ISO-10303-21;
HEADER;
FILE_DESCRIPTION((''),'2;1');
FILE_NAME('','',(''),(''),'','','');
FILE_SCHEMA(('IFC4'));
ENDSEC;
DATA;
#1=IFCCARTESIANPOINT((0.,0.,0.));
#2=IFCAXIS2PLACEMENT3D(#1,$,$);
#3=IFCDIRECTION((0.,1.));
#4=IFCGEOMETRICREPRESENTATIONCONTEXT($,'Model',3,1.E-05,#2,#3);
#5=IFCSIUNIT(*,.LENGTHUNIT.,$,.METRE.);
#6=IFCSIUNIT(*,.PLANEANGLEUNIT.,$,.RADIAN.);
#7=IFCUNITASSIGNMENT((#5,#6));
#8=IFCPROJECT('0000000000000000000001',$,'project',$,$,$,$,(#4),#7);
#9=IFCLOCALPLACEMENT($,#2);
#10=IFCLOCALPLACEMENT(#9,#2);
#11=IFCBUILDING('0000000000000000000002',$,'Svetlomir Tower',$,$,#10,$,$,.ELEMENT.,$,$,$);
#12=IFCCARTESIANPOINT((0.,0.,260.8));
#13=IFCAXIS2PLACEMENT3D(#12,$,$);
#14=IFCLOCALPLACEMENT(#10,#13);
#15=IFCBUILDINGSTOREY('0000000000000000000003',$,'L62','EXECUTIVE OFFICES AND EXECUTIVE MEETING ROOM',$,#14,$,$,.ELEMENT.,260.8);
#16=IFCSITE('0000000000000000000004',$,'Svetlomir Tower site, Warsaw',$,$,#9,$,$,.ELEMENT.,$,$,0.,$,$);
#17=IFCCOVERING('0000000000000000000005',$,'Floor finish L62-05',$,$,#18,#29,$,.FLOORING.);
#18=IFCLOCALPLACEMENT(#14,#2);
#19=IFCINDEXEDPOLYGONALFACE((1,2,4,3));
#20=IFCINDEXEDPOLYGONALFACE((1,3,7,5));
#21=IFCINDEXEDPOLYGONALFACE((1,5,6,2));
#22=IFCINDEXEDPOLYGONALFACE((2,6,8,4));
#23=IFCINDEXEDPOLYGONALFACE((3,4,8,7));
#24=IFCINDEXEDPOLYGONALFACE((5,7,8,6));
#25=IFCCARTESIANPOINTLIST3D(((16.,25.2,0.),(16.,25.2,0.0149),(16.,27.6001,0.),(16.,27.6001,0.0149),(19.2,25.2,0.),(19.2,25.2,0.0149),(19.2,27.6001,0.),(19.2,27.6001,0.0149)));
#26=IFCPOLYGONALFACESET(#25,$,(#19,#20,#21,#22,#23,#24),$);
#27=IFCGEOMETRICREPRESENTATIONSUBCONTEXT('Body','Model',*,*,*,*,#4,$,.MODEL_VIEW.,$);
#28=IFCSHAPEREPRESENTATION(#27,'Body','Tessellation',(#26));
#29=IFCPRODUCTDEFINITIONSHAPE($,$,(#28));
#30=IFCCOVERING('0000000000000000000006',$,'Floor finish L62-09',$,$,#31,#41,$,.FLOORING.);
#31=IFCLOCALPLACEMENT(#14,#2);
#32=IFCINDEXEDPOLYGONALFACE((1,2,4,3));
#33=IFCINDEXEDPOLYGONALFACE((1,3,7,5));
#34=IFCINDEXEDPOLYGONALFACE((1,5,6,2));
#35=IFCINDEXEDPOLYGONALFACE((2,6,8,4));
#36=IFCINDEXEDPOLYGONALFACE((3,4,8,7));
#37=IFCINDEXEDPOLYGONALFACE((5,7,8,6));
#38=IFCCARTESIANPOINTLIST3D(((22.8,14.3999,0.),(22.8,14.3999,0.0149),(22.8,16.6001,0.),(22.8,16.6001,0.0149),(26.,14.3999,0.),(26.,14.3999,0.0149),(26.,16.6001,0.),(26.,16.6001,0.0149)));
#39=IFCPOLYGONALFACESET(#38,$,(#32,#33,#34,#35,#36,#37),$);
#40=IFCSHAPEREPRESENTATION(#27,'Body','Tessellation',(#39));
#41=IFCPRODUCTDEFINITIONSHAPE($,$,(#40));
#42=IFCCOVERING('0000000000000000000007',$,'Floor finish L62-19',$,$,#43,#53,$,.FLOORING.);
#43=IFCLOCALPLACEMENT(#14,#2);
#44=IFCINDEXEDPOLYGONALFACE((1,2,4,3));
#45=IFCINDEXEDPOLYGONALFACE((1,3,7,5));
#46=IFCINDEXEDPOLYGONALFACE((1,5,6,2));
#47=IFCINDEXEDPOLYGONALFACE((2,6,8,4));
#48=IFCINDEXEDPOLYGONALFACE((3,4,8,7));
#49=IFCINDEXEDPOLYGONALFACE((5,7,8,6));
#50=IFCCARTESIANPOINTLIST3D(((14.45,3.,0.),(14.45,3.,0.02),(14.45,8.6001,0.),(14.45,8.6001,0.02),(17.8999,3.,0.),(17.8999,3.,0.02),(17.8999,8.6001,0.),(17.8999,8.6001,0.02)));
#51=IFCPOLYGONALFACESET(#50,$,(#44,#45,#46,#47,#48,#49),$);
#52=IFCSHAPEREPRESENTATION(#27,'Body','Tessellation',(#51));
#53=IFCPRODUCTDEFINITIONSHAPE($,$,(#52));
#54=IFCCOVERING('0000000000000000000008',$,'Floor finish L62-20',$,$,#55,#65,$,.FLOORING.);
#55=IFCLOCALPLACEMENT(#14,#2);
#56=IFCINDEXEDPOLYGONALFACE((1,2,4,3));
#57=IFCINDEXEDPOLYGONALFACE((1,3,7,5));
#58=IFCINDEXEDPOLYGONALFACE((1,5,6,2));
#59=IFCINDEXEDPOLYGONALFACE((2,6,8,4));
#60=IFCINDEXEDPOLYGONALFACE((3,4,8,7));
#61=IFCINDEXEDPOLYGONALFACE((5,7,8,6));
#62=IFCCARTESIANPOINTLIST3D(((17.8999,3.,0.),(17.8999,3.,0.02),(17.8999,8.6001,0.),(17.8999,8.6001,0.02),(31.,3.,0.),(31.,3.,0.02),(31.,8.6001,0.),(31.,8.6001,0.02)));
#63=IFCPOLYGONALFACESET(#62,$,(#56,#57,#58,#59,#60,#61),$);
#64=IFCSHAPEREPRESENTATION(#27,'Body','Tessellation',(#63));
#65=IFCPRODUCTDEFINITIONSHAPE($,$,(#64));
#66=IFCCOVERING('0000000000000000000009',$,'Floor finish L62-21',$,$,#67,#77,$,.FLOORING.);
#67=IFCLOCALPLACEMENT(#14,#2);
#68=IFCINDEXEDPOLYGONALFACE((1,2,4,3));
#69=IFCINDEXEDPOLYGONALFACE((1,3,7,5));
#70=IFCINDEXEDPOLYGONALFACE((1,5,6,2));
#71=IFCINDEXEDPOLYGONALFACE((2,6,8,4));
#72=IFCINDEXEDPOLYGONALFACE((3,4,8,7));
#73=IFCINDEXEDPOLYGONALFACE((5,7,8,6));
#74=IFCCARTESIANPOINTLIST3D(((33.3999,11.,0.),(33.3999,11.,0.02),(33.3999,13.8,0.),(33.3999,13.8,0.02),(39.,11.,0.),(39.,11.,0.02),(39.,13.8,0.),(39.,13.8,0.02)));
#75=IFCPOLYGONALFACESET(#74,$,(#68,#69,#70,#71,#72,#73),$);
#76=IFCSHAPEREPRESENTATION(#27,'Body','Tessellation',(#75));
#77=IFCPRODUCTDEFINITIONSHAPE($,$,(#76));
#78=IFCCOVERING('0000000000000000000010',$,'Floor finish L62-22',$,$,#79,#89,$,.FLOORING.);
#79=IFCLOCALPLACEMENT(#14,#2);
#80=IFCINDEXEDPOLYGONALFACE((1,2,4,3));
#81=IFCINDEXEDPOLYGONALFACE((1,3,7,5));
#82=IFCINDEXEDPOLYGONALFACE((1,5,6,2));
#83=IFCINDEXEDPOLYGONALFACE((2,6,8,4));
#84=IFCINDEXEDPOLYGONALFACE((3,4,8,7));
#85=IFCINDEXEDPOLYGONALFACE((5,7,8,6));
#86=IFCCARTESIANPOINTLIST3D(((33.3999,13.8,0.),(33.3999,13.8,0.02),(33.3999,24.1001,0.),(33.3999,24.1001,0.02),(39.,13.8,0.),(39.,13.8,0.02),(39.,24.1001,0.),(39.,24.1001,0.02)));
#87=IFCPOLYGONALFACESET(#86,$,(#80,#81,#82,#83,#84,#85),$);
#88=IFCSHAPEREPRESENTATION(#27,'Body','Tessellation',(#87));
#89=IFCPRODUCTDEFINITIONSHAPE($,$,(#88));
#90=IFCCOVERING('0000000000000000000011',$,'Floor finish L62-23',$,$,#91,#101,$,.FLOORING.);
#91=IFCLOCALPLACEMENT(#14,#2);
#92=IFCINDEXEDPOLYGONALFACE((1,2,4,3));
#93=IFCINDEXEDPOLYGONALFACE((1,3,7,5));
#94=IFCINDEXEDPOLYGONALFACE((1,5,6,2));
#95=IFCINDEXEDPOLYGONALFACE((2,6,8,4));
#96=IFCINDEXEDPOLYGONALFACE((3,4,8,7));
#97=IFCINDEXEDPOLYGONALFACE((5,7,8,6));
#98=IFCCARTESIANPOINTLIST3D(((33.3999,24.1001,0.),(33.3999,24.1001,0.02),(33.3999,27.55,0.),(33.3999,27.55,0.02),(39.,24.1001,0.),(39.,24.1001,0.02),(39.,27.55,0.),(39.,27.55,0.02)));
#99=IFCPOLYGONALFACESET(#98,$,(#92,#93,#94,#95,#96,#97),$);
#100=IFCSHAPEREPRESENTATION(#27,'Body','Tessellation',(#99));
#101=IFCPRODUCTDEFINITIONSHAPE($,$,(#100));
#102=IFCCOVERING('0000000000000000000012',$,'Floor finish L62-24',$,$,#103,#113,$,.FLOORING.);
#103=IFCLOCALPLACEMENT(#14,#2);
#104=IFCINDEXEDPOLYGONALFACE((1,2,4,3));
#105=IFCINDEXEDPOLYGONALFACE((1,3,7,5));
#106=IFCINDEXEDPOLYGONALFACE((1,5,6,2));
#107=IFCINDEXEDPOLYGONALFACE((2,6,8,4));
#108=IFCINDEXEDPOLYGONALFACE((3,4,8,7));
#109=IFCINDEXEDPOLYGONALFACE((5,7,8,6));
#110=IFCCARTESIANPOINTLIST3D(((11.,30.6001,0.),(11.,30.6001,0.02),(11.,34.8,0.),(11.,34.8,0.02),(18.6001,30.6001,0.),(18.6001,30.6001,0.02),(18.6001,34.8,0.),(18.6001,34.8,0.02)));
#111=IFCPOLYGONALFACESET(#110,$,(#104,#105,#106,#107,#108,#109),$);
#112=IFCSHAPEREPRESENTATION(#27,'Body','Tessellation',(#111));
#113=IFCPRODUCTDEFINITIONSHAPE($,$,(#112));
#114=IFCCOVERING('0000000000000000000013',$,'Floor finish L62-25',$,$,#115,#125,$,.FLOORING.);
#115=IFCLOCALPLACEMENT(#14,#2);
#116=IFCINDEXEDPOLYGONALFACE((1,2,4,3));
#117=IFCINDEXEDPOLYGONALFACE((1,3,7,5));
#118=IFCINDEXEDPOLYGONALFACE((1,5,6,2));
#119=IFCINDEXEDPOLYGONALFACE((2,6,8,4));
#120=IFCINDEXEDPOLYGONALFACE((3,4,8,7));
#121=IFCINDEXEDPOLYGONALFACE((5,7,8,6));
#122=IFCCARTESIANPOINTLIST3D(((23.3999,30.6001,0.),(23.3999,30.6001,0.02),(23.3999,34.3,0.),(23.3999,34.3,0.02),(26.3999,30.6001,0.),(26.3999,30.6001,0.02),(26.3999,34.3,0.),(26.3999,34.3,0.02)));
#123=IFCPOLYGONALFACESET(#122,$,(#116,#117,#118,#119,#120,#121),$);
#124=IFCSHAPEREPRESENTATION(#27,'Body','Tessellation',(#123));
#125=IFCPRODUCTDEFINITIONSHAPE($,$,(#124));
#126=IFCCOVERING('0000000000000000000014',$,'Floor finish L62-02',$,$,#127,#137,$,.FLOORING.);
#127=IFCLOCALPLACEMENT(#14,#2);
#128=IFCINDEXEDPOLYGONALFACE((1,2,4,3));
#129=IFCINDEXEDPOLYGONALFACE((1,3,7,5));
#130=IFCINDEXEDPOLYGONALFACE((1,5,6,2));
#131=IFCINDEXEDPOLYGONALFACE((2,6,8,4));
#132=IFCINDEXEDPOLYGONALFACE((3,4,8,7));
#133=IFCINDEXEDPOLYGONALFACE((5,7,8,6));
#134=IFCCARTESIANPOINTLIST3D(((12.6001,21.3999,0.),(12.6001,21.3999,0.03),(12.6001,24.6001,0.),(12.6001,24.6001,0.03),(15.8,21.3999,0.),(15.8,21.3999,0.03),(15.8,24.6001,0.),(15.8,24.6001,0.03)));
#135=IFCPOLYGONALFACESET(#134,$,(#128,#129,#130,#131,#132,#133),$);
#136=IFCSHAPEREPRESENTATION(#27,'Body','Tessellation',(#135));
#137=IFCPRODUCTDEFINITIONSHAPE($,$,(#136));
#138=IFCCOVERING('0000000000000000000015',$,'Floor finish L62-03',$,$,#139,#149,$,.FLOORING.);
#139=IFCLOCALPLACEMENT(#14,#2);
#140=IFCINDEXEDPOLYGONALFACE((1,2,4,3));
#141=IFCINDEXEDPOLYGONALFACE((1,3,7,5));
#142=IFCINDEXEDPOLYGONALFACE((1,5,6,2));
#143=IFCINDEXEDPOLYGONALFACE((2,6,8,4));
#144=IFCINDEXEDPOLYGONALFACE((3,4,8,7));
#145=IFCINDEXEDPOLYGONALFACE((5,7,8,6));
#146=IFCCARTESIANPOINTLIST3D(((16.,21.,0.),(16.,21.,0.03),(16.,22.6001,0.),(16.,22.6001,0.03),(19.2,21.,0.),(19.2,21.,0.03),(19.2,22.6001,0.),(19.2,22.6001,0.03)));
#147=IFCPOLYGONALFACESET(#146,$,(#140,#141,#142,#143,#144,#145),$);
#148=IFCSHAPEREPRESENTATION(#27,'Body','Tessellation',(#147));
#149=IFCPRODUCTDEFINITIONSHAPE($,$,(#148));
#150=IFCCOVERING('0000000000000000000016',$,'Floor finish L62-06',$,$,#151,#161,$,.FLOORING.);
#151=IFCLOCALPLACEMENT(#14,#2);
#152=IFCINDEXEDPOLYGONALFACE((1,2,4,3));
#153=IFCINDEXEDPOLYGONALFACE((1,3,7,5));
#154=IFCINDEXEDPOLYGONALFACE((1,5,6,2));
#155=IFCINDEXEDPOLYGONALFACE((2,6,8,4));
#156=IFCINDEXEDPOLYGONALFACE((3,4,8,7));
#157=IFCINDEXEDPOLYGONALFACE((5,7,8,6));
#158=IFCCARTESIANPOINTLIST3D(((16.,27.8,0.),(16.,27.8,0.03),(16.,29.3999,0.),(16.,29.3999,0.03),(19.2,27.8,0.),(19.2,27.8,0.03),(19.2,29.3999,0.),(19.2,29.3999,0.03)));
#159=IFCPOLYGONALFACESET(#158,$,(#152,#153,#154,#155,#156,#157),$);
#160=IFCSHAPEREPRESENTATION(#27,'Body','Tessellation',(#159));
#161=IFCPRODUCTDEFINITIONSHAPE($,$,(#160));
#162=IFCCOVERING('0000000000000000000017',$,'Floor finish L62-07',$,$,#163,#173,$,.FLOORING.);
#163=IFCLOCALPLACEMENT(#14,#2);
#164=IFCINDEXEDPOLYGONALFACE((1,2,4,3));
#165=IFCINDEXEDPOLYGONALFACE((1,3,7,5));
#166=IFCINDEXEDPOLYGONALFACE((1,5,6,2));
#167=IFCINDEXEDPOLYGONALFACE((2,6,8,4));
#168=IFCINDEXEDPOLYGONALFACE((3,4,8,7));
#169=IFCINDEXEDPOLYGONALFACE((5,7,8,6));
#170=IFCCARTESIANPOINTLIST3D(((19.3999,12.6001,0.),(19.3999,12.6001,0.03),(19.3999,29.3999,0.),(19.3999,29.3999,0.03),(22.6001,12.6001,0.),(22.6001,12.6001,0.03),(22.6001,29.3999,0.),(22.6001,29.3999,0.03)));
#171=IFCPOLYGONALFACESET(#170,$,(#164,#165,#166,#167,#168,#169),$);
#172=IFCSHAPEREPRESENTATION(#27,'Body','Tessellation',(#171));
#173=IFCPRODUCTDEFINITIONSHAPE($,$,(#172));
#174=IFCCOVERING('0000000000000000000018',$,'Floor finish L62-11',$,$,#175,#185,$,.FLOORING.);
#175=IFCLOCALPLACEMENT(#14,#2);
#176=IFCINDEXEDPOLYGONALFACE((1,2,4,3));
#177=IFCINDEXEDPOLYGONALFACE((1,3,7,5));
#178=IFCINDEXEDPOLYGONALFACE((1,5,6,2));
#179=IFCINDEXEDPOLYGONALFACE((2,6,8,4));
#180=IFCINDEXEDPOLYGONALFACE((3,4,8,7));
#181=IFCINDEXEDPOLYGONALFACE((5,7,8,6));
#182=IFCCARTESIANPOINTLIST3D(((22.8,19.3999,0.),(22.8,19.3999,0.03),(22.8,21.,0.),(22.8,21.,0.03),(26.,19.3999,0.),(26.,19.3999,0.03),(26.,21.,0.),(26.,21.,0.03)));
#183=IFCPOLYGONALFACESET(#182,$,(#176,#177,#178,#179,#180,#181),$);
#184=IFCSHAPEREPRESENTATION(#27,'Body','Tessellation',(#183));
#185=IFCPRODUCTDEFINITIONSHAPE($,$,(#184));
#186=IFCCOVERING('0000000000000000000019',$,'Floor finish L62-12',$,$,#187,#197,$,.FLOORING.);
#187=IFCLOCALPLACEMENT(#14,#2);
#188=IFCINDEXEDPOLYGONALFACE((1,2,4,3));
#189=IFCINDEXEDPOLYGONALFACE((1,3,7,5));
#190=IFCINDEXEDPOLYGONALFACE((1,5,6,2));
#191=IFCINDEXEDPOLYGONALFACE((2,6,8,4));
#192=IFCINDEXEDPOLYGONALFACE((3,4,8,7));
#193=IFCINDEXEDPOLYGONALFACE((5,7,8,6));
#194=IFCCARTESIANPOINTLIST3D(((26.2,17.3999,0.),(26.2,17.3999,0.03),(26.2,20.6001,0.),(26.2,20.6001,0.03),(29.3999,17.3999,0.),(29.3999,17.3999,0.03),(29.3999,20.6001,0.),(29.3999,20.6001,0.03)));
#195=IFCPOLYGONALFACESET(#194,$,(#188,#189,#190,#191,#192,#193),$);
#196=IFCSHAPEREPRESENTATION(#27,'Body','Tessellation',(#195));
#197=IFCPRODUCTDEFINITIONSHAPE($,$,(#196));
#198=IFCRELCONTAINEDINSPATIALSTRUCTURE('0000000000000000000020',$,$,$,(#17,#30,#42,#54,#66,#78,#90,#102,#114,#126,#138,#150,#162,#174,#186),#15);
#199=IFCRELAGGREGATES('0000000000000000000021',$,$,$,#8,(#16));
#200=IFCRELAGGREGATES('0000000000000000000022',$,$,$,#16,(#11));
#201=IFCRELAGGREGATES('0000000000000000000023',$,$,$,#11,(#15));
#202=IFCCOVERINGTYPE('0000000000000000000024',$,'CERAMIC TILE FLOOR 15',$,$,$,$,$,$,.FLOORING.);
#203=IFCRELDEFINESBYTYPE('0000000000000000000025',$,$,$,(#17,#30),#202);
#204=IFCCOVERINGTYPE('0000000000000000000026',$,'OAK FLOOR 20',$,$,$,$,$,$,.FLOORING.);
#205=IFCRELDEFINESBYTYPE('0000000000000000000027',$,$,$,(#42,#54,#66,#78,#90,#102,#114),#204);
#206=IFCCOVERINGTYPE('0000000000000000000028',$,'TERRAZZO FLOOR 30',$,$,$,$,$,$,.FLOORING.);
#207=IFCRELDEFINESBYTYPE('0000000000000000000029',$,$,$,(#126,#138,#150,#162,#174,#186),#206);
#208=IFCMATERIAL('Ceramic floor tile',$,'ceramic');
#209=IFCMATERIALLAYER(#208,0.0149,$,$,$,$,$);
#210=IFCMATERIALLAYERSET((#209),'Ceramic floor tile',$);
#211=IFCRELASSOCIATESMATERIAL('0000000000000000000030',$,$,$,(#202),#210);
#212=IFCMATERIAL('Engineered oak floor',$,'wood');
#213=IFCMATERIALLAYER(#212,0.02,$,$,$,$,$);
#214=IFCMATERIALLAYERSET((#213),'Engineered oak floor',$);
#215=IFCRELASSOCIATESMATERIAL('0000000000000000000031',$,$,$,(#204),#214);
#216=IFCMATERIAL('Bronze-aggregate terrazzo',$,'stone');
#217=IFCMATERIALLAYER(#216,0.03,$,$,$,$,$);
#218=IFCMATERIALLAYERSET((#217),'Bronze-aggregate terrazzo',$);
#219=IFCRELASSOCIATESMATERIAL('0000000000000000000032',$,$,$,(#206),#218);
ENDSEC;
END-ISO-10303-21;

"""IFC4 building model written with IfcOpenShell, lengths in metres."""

from ifc_helpers import new_model, si_unit, direction, frame, origin, place, context, subcontext, project, spatial, polyline, outline, extrude, material, layer, layer_set, type_object, element, save


model = new_model("IFC4")

# Units and contexts
model_context = context("Model", 3, precision=1e-05, world=origin(), true_north=direction((0.0, 1.0)))
body_context = subcontext(model_context, "Body", "Model", "MODEL_VIEW")
ifc_project = project(units=[si_unit("LENGTHUNIT", "METRE"), si_unit("PLANEANGLEUNIT", "RADIAN")], contexts=[model_context])

# Site, building, storey
site_placement = place(None, origin())
site = spatial("IfcSite", under=ifc_project, at=site_placement, Name="Svetlomir Tower site, Warsaw", CompositionType="ELEMENT", RefElevation=0.0)
building_placement = place(site_placement, origin())
building = spatial("IfcBuilding", under=site, at=building_placement, Name="Svetlomir Tower", CompositionType="ELEMENT")
storey_placement = place(building_placement, frame((0.0, 0.0, 260.8)))
storey = spatial("IfcBuildingStorey", under=building, at=storey_placement, Name="L62", Description="EXECUTIVE OFFICES AND EXECUTIVE MEETING ROOM", CompositionType="ELEMENT", Elevation=260.8)

# Coverings
ifc_material_1 = material(Name="Ceramic floor tile", Category="ceramic")
ifc_layer_1 = layer(ifc_material_1, 0.0149)
ifc_layer_set_1 = layer_set([ifc_layer_1], Name="Ceramic floor tile")
covering_type_1 = type_object("IfcCoveringType", Name="CERAMIC TILE FLOOR 15", PredefinedType="FLOORING", material=ifc_layer_set_1)
covering_1_placement = place(storey_placement, origin())
element("IfcCovering", 1, at=covering_1_placement, inside=storey, type_object=covering_type_1, Name="Floor finish L62-05", PredefinedType="FLOORING", context=body_context, shape_type="SweptSolid", body=[
    extrude(outline(polyline([(16.0, 25.2), (19.2, 25.2), (19.2, 27.6001), (16.0, 27.6001), (16.0, 25.2)])), origin(), (0.0, 0.0, 1.0), 0.0149),
])
covering_2_placement = place(storey_placement, origin())
element("IfcCovering", 2, at=covering_2_placement, inside=storey, type_object=covering_type_1, Name="Floor finish L62-09", PredefinedType="FLOORING", context=body_context, shape_type="SweptSolid", body=[
    extrude(outline(polyline([(22.8, 14.3999), (26.0, 14.3999), (26.0, 16.6001), (22.8, 16.6001), (22.8, 14.3999)])), origin(), (0.0, 0.0, 1.0), 0.0149),
])
ifc_material_2 = material(Name="Engineered oak floor", Category="wood")
ifc_layer_2 = layer(ifc_material_2, 0.02)
ifc_layer_set_2 = layer_set([ifc_layer_2], Name="Engineered oak floor")
covering_type_2 = type_object("IfcCoveringType", Name="OAK FLOOR 20", PredefinedType="FLOORING", material=ifc_layer_set_2)
covering_3_placement = place(storey_placement, origin())
element("IfcCovering", 3, at=covering_3_placement, inside=storey, type_object=covering_type_2, Name="Floor finish L62-19", PredefinedType="FLOORING", context=body_context, shape_type="SweptSolid", body=[
    extrude(outline(polyline([(14.45, 3.0), (17.8999, 3.0), (17.8999, 8.6001), (14.45, 8.6001), (14.45, 3.0)])), origin(), (0.0, 0.0, 1.0), 0.02),
])
covering_4_placement = place(storey_placement, origin())
element("IfcCovering", 4, at=covering_4_placement, inside=storey, type_object=covering_type_2, Name="Floor finish L62-20", PredefinedType="FLOORING", context=body_context, shape_type="SweptSolid", body=[
    extrude(outline(polyline([(17.8999, 3.0), (31.0, 3.0), (31.0, 8.6001), (17.8999, 8.6001), (17.8999, 3.0)])), origin(), (0.0, 0.0, 1.0), 0.02),
])
covering_5_placement = place(storey_placement, origin())
element("IfcCovering", 5, at=covering_5_placement, inside=storey, type_object=covering_type_2, Name="Floor finish L62-21", PredefinedType="FLOORING", context=body_context, shape_type="SweptSolid", body=[
    extrude(outline(polyline([(33.3999, 11.0), (39.0, 11.0), (39.0, 13.8), (33.3999, 13.8), (33.3999, 11.0)])), origin(), (0.0, 0.0, 1.0), 0.02),
])
covering_6_placement = place(storey_placement, origin())
element("IfcCovering", 6, at=covering_6_placement, inside=storey, type_object=covering_type_2, Name="Floor finish L62-22", PredefinedType="FLOORING", context=body_context, shape_type="SweptSolid", body=[
    extrude(outline(polyline([(33.3999, 13.8), (39.0, 13.8), (39.0, 24.1001), (33.3999, 24.1001), (33.3999, 13.8)])), origin(), (0.0, 0.0, 1.0), 0.02),
])
covering_7_placement = place(storey_placement, origin())
element("IfcCovering", 7, at=covering_7_placement, inside=storey, type_object=covering_type_2, Name="Floor finish L62-23", PredefinedType="FLOORING", context=body_context, shape_type="SweptSolid", body=[
    extrude(outline(polyline([(33.3999, 24.1001), (39.0, 24.1001), (39.0, 27.55), (33.3999, 27.55), (33.3999, 24.1001)])), origin(), (0.0, 0.0, 1.0), 0.02),
])
covering_8_placement = place(storey_placement, origin())
element("IfcCovering", 8, at=covering_8_placement, inside=storey, type_object=covering_type_2, Name="Floor finish L62-24", PredefinedType="FLOORING", context=body_context, shape_type="SweptSolid", body=[
    extrude(outline(polyline([(11.0, 30.6001), (18.6001, 30.6001), (18.6001, 34.8), (11.0, 34.8), (11.0, 30.6001)])), origin(), (0.0, 0.0, 1.0), 0.02),
])
covering_9_placement = place(storey_placement, origin())
element("IfcCovering", 9, at=covering_9_placement, inside=storey, type_object=covering_type_2, Name="Floor finish L62-25", PredefinedType="FLOORING", context=body_context, shape_type="SweptSolid", body=[
    extrude(outline(polyline([(23.3999, 30.6001), (26.3999, 30.6001), (26.3999, 34.3), (23.3999, 34.3), (23.3999, 30.6001)])), origin(), (0.0, 0.0, 1.0), 0.02),
])
ifc_material_3 = material(Name="Bronze-aggregate terrazzo", Category="stone")
ifc_layer_3 = layer(ifc_material_3, 0.03)
ifc_layer_set_3 = layer_set([ifc_layer_3], Name="Bronze-aggregate terrazzo")
covering_type_3 = type_object("IfcCoveringType", Name="TERRAZZO FLOOR 30", PredefinedType="FLOORING", material=ifc_layer_set_3)
covering_10_placement = place(storey_placement, origin())
element("IfcCovering", 10, at=covering_10_placement, inside=storey, type_object=covering_type_3, Name="Floor finish L62-02", PredefinedType="FLOORING", context=body_context, shape_type="SweptSolid", body=[
    extrude(outline(polyline([(12.6001, 21.3999), (15.8, 21.3999), (15.8, 24.6001), (12.6001, 24.6001), (12.6001, 21.3999)])), origin(), (0.0, 0.0, 1.0), 0.03),
])
covering_11_placement = place(storey_placement, origin())
element("IfcCovering", 11, at=covering_11_placement, inside=storey, type_object=covering_type_3, Name="Floor finish L62-03", PredefinedType="FLOORING", context=body_context, shape_type="SweptSolid", body=[
    extrude(outline(polyline([(16.0, 21.0), (19.2, 21.0), (19.2, 22.6001), (16.0, 22.6001), (16.0, 21.0)])), origin(), (0.0, 0.0, 1.0), 0.03),
])
covering_12_placement = place(storey_placement, origin())
element("IfcCovering", 12, at=covering_12_placement, inside=storey, type_object=covering_type_3, Name="Floor finish L62-06", PredefinedType="FLOORING", context=body_context, shape_type="SweptSolid", body=[
    extrude(outline(polyline([(16.0, 27.8), (19.2, 27.8), (19.2, 29.3999), (16.0, 29.3999), (16.0, 27.8)])), origin(), (0.0, 0.0, 1.0), 0.03),
])
covering_13_placement = place(storey_placement, origin())
element("IfcCovering", 13, at=covering_13_placement, inside=storey, type_object=covering_type_3, Name="Floor finish L62-07", PredefinedType="FLOORING", context=body_context, shape_type="SweptSolid", body=[
    extrude(outline(polyline([(19.3999, 12.6001), (22.6001, 12.6001), (22.6001, 29.3999), (19.3999, 29.3999), (19.3999, 12.6001)])), origin(), (0.0, 0.0, 1.0), 0.03),
])
covering_14_placement = place(storey_placement, origin())
element("IfcCovering", 14, at=covering_14_placement, inside=storey, type_object=covering_type_3, Name="Floor finish L62-11", PredefinedType="FLOORING", context=body_context, shape_type="SweptSolid", body=[
    extrude(outline(polyline([(22.8, 19.3999), (26.0, 19.3999), (26.0, 21.0), (22.8, 21.0), (22.8, 19.3999)])), origin(), (0.0, 0.0, 1.0), 0.03),
])
covering_15_placement = place(storey_placement, origin())
element("IfcCovering", 15, at=covering_15_placement, inside=storey, type_object=covering_type_3, Name="Floor finish L62-12", PredefinedType="FLOORING", context=body_context, shape_type="SweptSolid", body=[
    extrude(outline(polyline([(26.2, 17.3999), (29.3999, 17.3999), (29.3999, 20.6001), (26.2, 20.6001), (26.2, 17.3999)])), origin(), (0.0, 0.0, 1.0), 0.03),
])

save(model, "model.ifc")
